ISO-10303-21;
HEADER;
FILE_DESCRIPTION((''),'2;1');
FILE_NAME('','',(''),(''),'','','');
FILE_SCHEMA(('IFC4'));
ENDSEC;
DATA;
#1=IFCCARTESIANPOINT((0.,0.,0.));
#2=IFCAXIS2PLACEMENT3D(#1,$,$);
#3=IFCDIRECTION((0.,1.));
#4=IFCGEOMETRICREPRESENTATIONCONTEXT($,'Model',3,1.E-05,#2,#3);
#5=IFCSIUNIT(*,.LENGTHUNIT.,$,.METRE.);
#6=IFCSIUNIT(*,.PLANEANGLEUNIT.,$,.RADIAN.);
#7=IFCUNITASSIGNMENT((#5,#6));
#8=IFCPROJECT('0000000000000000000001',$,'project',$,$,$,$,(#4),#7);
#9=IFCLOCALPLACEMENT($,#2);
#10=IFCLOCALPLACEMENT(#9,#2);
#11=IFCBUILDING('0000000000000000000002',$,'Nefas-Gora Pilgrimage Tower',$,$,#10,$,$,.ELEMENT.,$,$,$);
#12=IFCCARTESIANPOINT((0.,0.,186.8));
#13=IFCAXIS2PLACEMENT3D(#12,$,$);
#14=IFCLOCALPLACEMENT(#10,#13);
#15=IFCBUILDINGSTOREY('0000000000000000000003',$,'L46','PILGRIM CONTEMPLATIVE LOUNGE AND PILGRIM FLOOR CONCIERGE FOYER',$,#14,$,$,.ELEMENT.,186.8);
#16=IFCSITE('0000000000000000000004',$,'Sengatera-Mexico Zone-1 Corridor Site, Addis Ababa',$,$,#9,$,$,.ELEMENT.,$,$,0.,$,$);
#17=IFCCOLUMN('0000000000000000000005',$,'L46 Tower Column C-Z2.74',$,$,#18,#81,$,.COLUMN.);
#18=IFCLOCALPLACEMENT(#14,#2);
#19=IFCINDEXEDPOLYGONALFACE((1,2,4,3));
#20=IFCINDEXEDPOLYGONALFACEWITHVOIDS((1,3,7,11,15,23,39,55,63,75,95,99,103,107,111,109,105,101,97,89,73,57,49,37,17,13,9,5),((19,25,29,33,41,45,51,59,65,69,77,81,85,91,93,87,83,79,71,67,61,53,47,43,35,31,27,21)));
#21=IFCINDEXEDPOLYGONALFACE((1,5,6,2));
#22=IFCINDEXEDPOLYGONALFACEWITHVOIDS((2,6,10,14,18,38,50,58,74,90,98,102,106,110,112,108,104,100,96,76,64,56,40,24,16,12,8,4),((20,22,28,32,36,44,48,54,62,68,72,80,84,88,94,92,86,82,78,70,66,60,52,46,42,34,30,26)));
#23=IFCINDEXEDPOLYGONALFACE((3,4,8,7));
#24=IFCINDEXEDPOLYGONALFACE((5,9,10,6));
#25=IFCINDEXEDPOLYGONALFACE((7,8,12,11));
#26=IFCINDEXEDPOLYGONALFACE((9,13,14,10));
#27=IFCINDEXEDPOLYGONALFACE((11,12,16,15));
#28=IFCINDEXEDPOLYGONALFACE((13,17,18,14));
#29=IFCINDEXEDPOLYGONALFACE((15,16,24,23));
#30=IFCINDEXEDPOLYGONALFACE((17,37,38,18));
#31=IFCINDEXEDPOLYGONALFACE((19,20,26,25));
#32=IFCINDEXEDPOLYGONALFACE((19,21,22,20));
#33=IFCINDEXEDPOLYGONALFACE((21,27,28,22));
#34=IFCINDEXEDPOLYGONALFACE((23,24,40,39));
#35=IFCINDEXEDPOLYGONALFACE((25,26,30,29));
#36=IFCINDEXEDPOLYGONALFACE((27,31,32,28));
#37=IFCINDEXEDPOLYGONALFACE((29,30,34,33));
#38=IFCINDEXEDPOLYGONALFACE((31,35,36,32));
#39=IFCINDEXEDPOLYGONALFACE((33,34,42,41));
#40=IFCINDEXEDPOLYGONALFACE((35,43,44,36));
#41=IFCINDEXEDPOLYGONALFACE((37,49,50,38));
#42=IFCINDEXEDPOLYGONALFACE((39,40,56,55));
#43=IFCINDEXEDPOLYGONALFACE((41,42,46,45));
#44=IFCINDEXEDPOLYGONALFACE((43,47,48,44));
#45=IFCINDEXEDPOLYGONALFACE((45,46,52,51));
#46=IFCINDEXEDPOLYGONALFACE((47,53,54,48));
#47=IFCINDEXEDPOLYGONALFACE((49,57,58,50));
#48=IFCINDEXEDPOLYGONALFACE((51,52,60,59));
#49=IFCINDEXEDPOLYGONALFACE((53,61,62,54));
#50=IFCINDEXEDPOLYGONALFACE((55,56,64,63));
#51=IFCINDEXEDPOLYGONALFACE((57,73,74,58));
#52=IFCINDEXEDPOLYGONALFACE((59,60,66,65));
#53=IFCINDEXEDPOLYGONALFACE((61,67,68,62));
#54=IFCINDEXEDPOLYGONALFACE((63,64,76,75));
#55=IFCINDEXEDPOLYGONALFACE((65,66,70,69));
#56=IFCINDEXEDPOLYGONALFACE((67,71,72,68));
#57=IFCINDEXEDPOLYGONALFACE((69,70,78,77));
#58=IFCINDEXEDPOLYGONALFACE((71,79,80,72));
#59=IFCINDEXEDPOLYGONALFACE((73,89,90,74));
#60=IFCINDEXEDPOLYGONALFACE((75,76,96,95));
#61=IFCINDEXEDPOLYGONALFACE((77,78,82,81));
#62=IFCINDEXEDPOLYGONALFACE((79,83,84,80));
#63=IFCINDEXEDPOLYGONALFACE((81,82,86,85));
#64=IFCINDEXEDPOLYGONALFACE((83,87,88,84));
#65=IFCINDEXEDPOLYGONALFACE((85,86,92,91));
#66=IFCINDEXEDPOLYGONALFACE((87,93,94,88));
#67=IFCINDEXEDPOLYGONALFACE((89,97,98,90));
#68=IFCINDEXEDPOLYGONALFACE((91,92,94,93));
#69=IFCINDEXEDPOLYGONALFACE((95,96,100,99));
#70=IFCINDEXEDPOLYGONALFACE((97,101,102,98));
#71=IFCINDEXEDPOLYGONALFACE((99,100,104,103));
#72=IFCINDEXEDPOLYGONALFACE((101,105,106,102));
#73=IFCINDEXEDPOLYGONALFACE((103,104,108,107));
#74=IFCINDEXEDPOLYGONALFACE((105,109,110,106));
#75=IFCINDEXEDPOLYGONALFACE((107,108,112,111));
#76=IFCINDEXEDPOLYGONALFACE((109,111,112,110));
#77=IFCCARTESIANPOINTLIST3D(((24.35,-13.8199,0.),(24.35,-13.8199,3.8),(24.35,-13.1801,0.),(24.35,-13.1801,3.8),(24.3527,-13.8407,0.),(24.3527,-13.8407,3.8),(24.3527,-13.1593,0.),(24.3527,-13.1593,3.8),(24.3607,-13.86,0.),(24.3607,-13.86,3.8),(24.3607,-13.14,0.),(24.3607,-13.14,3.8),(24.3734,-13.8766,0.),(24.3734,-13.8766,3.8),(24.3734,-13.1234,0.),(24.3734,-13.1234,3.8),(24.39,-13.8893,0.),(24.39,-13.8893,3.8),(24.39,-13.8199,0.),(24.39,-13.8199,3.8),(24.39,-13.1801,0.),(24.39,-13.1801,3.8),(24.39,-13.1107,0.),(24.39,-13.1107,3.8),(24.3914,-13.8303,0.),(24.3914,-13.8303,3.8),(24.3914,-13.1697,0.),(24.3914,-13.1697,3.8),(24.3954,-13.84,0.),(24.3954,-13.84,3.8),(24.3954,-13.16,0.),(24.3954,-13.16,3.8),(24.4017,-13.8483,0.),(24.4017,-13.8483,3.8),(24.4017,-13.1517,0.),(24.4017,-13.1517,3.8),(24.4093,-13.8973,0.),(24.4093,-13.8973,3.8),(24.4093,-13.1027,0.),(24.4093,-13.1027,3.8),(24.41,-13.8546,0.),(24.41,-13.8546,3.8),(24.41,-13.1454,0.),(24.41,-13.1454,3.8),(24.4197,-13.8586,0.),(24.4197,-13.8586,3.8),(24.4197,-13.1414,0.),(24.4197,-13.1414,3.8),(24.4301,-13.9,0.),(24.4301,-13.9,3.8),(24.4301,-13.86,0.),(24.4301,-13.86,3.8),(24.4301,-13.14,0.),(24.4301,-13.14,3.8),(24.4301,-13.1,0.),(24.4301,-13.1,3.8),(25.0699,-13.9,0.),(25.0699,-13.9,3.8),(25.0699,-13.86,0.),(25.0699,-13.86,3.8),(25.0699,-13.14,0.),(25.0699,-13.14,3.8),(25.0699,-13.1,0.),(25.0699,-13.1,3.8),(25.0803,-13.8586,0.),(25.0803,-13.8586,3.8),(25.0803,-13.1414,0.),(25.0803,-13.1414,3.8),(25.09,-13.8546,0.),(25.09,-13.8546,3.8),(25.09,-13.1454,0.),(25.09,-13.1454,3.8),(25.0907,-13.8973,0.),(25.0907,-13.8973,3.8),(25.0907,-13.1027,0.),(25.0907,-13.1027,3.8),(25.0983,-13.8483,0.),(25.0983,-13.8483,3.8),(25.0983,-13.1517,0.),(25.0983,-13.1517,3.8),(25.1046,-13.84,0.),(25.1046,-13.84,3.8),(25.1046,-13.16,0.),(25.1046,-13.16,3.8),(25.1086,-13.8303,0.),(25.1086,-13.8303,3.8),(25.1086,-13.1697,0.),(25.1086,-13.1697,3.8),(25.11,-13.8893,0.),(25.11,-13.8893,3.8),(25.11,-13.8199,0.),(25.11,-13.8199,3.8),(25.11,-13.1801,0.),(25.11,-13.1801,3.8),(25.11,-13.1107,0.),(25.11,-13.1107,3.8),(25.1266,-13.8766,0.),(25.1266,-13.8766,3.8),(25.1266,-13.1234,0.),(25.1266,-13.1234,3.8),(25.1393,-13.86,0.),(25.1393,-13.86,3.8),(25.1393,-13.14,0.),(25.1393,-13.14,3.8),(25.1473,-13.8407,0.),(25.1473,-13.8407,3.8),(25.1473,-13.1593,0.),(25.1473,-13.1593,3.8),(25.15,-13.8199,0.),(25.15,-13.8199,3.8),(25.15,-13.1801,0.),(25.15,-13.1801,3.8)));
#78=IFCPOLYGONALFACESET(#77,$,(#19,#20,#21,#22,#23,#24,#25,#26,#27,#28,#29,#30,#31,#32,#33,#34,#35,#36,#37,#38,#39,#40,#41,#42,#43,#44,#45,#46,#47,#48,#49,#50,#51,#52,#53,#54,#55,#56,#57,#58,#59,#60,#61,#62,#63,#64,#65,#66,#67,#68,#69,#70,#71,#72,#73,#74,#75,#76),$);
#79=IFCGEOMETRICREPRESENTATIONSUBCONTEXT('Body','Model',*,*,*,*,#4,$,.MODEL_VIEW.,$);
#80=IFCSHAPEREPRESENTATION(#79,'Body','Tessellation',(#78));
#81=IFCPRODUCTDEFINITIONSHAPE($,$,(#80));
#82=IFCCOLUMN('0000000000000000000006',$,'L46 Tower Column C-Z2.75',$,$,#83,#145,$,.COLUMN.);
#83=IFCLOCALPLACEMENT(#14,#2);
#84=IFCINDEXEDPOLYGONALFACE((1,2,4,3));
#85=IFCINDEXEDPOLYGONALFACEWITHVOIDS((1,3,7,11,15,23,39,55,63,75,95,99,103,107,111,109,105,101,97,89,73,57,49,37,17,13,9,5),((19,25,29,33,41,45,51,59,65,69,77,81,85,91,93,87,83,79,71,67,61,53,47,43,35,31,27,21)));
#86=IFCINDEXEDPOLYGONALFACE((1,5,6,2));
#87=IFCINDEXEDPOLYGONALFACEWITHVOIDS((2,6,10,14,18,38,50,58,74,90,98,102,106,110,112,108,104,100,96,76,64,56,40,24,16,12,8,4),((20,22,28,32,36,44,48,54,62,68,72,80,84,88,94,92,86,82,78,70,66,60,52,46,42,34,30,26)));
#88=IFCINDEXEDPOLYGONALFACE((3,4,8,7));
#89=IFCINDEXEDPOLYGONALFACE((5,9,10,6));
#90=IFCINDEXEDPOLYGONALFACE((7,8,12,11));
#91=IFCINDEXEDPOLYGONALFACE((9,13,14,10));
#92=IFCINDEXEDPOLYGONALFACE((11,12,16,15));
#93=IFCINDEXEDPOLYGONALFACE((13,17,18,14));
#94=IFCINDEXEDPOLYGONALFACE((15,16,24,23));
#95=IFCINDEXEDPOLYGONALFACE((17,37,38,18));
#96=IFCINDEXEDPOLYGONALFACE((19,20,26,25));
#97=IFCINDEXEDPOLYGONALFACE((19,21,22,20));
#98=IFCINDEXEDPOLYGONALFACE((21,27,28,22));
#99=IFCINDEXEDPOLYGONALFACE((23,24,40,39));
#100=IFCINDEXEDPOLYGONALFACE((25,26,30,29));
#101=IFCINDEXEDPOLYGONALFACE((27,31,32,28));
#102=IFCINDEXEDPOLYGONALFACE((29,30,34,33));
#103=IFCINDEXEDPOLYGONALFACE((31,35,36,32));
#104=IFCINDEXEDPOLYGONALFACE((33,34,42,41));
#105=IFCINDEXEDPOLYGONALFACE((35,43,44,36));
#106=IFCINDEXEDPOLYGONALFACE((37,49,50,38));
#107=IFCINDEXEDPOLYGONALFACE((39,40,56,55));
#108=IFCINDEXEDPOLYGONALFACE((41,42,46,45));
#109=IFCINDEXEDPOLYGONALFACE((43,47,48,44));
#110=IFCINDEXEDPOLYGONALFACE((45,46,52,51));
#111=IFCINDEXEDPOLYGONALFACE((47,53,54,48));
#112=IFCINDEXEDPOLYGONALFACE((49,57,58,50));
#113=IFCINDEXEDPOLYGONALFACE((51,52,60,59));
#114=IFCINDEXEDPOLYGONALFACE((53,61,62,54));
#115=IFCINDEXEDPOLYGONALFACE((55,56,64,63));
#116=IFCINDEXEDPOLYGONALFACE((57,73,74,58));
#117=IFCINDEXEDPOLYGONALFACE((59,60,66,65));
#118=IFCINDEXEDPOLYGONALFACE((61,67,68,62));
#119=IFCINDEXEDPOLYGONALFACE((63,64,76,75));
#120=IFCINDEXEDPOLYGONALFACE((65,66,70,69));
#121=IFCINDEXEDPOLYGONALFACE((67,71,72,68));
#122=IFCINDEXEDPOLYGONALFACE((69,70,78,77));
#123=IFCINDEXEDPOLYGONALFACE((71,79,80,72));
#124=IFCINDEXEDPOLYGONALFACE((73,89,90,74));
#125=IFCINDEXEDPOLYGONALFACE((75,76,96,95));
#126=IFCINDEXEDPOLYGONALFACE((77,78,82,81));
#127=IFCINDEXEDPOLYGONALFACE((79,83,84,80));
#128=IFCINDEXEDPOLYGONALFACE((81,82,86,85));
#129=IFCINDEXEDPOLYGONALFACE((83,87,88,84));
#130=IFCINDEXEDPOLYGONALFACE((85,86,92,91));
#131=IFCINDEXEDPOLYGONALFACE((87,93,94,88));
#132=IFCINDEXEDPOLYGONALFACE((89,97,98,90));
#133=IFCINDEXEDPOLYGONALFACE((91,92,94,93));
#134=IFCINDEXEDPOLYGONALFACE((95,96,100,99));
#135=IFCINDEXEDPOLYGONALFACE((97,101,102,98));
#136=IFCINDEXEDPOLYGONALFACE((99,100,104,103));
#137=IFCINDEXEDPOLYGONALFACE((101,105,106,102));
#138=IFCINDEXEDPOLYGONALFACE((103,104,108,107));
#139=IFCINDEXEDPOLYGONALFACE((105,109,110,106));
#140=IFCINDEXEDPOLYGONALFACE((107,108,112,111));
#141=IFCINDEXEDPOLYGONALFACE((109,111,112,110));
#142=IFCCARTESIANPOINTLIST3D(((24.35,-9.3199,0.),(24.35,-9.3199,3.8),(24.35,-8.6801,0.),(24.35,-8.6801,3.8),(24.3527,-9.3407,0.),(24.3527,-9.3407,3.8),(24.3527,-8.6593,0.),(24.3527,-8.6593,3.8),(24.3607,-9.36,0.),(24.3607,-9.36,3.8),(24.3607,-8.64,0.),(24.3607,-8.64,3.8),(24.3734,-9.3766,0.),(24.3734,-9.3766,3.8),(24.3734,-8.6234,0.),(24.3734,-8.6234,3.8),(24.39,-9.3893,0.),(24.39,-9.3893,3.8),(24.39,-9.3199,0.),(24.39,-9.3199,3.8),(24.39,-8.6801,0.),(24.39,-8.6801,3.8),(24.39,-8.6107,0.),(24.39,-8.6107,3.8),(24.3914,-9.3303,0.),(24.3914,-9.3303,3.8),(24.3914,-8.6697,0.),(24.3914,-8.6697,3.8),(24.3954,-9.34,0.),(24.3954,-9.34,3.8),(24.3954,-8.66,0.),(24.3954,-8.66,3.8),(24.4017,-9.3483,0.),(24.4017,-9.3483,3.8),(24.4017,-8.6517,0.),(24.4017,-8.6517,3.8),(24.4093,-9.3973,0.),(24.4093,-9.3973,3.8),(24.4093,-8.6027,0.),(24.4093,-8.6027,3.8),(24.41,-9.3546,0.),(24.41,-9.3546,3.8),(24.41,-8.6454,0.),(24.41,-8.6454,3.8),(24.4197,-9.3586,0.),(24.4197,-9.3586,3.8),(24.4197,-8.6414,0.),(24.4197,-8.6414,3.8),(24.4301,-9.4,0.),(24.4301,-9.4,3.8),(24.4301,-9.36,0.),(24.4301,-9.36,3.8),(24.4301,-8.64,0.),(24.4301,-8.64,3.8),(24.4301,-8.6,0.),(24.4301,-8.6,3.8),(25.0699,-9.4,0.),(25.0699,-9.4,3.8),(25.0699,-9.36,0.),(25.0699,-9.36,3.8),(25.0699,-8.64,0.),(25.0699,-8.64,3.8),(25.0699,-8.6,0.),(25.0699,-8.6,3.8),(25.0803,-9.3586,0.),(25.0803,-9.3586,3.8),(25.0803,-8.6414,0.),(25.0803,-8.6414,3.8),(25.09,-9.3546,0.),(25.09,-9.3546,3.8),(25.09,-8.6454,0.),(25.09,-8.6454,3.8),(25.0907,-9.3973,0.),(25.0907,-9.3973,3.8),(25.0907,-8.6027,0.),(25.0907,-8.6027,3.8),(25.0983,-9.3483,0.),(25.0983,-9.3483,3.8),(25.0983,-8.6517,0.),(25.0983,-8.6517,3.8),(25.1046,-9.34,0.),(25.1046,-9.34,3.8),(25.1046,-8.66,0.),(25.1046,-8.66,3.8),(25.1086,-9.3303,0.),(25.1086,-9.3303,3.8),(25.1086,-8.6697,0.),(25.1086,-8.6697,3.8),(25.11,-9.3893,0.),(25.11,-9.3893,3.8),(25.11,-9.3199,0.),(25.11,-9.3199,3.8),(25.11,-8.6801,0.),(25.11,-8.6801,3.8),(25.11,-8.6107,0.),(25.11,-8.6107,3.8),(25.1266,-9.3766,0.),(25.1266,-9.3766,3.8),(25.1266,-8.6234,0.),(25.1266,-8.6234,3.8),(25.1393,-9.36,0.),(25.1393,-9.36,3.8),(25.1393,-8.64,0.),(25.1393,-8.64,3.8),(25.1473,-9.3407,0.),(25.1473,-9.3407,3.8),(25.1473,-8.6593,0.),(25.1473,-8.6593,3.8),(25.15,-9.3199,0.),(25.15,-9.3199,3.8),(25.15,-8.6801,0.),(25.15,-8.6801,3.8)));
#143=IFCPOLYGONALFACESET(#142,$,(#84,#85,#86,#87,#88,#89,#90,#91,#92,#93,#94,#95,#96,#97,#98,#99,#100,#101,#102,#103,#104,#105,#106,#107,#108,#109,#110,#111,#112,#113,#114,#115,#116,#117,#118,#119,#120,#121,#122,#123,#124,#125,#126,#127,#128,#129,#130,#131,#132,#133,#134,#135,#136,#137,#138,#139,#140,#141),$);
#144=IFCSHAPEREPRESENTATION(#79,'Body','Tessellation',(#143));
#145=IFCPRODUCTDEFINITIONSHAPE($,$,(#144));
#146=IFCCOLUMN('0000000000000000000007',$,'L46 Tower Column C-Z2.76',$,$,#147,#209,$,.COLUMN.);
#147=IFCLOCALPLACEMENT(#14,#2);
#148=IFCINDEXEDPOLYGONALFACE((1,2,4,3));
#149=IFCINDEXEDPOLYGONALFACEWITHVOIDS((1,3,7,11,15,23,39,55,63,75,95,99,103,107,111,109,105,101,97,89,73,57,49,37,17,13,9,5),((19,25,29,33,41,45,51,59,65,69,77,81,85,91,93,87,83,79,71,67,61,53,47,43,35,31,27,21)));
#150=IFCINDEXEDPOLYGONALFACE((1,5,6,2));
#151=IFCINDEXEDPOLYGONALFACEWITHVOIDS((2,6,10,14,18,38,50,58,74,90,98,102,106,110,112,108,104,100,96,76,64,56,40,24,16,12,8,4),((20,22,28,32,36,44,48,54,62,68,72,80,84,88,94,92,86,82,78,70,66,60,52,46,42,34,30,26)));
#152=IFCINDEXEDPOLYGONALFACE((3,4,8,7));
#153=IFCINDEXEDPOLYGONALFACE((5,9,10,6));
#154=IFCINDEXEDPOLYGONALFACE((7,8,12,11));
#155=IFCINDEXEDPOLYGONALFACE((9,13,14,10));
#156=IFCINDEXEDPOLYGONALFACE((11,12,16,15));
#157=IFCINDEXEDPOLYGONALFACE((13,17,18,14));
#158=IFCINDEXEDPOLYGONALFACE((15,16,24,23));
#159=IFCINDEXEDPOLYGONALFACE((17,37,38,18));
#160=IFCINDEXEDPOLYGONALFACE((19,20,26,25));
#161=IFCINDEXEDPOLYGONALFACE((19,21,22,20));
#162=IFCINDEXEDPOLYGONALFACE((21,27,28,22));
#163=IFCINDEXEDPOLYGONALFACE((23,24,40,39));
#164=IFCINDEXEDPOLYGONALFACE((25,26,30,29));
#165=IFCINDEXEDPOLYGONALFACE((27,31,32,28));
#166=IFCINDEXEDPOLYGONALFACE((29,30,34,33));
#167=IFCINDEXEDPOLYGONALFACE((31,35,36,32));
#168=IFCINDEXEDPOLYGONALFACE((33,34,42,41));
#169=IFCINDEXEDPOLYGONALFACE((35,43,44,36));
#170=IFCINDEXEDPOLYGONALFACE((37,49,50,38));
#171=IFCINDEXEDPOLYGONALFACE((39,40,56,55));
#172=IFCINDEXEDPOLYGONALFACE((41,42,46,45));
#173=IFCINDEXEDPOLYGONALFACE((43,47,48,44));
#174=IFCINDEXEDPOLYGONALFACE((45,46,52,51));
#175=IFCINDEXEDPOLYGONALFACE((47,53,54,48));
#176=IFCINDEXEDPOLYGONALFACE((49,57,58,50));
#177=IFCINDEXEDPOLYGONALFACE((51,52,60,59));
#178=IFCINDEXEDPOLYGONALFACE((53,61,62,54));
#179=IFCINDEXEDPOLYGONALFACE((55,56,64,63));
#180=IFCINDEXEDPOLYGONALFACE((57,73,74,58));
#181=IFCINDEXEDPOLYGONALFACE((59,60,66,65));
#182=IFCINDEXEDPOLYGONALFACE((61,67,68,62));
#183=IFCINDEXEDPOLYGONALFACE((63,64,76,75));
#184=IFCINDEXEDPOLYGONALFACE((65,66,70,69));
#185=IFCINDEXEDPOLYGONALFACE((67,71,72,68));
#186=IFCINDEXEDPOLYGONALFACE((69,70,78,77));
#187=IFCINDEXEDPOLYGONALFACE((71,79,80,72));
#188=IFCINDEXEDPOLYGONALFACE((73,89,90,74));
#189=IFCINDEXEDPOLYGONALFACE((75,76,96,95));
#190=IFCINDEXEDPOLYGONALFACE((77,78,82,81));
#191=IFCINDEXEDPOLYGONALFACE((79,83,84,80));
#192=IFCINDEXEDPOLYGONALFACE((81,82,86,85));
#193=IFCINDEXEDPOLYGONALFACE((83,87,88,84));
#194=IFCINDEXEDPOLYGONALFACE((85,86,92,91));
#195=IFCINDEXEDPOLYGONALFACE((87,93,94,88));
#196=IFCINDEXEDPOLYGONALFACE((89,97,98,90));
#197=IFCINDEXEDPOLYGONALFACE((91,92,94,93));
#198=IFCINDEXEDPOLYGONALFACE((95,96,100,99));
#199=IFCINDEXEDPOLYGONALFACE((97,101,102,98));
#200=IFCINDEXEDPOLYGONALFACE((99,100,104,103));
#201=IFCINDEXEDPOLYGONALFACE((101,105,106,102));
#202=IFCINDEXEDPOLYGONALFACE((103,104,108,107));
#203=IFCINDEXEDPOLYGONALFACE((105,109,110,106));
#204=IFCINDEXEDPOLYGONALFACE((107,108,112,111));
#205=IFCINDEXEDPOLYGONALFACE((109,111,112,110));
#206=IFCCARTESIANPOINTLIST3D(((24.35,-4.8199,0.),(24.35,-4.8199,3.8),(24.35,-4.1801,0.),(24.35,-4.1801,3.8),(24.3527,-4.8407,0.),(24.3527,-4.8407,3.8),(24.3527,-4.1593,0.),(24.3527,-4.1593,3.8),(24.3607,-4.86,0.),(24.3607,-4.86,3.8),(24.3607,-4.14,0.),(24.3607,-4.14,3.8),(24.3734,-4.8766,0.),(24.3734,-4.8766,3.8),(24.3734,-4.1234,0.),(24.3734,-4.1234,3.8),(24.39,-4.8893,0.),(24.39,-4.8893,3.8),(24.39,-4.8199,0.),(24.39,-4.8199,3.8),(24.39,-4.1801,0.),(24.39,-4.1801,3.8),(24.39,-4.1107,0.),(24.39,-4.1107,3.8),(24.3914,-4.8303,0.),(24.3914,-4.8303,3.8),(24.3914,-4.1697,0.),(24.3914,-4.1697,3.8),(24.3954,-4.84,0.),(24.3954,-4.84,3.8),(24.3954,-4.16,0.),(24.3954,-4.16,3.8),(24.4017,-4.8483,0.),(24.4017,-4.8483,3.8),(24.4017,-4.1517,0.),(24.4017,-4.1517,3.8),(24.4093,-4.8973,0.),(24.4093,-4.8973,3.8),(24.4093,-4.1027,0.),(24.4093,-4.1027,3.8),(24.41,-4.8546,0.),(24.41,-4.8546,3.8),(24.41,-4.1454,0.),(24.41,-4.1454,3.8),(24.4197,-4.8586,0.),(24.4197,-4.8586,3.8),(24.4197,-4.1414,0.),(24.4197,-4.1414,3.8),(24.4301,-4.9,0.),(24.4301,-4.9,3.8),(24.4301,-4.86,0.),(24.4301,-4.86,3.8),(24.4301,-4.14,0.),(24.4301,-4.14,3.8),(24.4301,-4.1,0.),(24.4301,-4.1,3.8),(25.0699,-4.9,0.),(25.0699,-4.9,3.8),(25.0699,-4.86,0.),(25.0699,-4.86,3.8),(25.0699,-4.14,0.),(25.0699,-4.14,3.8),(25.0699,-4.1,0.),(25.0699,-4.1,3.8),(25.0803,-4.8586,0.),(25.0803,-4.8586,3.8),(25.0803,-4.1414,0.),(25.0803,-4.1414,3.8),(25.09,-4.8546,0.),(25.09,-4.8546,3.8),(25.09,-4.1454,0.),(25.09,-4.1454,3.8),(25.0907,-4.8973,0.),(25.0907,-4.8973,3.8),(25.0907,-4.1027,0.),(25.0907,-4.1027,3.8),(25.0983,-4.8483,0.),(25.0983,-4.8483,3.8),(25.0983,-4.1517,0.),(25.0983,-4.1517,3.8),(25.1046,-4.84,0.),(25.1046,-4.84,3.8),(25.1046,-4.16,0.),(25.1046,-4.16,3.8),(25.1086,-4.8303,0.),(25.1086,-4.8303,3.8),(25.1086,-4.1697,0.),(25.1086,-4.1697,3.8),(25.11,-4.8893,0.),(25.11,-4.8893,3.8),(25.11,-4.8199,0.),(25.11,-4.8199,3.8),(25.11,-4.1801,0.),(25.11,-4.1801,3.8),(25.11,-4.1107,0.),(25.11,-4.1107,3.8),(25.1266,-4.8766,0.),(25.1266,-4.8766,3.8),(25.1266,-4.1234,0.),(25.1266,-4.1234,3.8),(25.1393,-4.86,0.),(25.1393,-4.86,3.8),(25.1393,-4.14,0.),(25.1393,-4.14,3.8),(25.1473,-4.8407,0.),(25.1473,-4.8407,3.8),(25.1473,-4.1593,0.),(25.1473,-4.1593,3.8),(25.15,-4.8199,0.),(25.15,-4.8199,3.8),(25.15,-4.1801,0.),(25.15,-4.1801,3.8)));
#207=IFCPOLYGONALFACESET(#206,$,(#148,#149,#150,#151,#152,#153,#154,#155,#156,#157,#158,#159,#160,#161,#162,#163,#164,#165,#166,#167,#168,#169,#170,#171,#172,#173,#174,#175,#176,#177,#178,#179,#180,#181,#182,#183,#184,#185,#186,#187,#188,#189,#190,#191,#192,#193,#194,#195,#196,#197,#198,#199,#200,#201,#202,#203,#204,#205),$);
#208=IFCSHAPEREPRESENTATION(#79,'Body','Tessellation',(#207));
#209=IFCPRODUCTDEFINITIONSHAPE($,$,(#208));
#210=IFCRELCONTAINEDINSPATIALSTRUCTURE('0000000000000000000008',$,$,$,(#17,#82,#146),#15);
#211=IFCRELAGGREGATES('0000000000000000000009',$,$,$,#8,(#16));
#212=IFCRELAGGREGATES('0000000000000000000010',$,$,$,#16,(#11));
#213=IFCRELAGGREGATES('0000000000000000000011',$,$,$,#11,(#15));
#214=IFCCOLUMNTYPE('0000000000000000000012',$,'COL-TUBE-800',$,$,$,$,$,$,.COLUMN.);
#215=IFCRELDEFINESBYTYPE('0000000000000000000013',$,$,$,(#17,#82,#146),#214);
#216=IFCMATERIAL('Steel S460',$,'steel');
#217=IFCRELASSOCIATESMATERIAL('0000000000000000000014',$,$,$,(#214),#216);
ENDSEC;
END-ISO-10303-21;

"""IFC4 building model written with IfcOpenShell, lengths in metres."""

from ifc_helpers import new_model, si_unit, direction, frame, origin, origin_2d, place, context, subcontext, project, spatial, hollow_rectangle, extrude, source, transform, mapped, material, material_profile, profile_set, type_object, element, save


model = new_model("IFC4")

# Units and contexts
model_context = context("Model", 3, precision=1e-05, world=origin(), true_north=direction((0.0, 1.0)))
body_context = subcontext(model_context, "Body", "Model", "MODEL_VIEW")
ifc_project = project(units=[si_unit("LENGTHUNIT", "METRE"), si_unit("PLANEANGLEUNIT", "RADIAN")], contexts=[model_context])

# Site, building, storey
site_placement = place(None, origin())
site = spatial("IfcSite", under=ifc_project, at=site_placement, Name="Sengatera-Mexico Zone-1 Corridor Site, Addis Ababa", CompositionType="ELEMENT", RefElevation=0.0)
building_placement = place(site_placement, origin())
building = spatial("IfcBuilding", under=site, at=building_placement, Name="Nefas-Gora Pilgrimage Tower", CompositionType="ELEMENT")
storey_placement = place(building_placement, frame((0.0, 0.0, 186.8)))
storey = spatial("IfcBuildingStorey", under=building, at=storey_placement, Name="L46", Description="PILGRIM CONTEMPLATIVE LOUNGE AND PILGRIM FLOOR CONCIERGE FOYER", CompositionType="ELEMENT", Elevation=186.8)

# Columns
ifc_material_1 = material(Name="Steel S460", Category="steel")
ifc_material_profile_1 = material_profile(ifc_material_1, hollow_rectangle(XDim=0.8, YDim=0.8, WallThickness=0.04, InnerFilletRadius=0.04, OuterFilletRadius=0.0801, at=origin_2d()), Name="BOX 800x800x40")
ifc_profile_set_1 = profile_set([ifc_material_profile_1], Name="Steel S460")
column_type_1 = type_object("IfcColumnType", Name="COL-TUBE-800", PredefinedType="COLUMN", material=ifc_profile_set_1)
shared_shape_1 = source(origin(), body_context, "Body", "SweptSolid", [
    extrude(hollow_rectangle(XDim=0.8, YDim=0.8, WallThickness=0.04, InnerFilletRadius=0.04, OuterFilletRadius=0.0801, at=origin_2d()), origin(), (0.0, 0.0, 1.0), 3.8),
])
for number, where, z_axis, x_axis, name in (
    (1, (24.75, -13.5, 0.0), (0.0, 0.0, 1.0), (1.0, 0.0, 0.0), "L46 Tower Column C-Z2.74"),
    (2, (24.75, -9.0, 0.0), (0.0, 0.0, 1.0), (1.0, 0.0, 0.0), "L46 Tower Column C-Z2.75"),
    (3, (24.75, -4.5, 0.0), (0.0, 0.0, 1.0), (1.0, 0.0, 0.0), "L46 Tower Column C-Z2.76"),
):
    element("IfcColumn", number, at=place(storey_placement, frame(where, z_axis=z_axis, x_axis=x_axis)), inside=storey, type_object=column_type_1, Name=name, PredefinedType="COLUMN", context=body_context, shape_type="MappedRepresentation", body=[
        mapped(shared_shape_1, transform((0.0, 0.0, 0.0), x_axis=(1.0, 0.0, 0.0), y_axis=(0.0, 1.0, 0.0), z_axis=(0.0, 0.0, 1.0), scale=1.0)),
    ])

save(model, "model.ifc")
